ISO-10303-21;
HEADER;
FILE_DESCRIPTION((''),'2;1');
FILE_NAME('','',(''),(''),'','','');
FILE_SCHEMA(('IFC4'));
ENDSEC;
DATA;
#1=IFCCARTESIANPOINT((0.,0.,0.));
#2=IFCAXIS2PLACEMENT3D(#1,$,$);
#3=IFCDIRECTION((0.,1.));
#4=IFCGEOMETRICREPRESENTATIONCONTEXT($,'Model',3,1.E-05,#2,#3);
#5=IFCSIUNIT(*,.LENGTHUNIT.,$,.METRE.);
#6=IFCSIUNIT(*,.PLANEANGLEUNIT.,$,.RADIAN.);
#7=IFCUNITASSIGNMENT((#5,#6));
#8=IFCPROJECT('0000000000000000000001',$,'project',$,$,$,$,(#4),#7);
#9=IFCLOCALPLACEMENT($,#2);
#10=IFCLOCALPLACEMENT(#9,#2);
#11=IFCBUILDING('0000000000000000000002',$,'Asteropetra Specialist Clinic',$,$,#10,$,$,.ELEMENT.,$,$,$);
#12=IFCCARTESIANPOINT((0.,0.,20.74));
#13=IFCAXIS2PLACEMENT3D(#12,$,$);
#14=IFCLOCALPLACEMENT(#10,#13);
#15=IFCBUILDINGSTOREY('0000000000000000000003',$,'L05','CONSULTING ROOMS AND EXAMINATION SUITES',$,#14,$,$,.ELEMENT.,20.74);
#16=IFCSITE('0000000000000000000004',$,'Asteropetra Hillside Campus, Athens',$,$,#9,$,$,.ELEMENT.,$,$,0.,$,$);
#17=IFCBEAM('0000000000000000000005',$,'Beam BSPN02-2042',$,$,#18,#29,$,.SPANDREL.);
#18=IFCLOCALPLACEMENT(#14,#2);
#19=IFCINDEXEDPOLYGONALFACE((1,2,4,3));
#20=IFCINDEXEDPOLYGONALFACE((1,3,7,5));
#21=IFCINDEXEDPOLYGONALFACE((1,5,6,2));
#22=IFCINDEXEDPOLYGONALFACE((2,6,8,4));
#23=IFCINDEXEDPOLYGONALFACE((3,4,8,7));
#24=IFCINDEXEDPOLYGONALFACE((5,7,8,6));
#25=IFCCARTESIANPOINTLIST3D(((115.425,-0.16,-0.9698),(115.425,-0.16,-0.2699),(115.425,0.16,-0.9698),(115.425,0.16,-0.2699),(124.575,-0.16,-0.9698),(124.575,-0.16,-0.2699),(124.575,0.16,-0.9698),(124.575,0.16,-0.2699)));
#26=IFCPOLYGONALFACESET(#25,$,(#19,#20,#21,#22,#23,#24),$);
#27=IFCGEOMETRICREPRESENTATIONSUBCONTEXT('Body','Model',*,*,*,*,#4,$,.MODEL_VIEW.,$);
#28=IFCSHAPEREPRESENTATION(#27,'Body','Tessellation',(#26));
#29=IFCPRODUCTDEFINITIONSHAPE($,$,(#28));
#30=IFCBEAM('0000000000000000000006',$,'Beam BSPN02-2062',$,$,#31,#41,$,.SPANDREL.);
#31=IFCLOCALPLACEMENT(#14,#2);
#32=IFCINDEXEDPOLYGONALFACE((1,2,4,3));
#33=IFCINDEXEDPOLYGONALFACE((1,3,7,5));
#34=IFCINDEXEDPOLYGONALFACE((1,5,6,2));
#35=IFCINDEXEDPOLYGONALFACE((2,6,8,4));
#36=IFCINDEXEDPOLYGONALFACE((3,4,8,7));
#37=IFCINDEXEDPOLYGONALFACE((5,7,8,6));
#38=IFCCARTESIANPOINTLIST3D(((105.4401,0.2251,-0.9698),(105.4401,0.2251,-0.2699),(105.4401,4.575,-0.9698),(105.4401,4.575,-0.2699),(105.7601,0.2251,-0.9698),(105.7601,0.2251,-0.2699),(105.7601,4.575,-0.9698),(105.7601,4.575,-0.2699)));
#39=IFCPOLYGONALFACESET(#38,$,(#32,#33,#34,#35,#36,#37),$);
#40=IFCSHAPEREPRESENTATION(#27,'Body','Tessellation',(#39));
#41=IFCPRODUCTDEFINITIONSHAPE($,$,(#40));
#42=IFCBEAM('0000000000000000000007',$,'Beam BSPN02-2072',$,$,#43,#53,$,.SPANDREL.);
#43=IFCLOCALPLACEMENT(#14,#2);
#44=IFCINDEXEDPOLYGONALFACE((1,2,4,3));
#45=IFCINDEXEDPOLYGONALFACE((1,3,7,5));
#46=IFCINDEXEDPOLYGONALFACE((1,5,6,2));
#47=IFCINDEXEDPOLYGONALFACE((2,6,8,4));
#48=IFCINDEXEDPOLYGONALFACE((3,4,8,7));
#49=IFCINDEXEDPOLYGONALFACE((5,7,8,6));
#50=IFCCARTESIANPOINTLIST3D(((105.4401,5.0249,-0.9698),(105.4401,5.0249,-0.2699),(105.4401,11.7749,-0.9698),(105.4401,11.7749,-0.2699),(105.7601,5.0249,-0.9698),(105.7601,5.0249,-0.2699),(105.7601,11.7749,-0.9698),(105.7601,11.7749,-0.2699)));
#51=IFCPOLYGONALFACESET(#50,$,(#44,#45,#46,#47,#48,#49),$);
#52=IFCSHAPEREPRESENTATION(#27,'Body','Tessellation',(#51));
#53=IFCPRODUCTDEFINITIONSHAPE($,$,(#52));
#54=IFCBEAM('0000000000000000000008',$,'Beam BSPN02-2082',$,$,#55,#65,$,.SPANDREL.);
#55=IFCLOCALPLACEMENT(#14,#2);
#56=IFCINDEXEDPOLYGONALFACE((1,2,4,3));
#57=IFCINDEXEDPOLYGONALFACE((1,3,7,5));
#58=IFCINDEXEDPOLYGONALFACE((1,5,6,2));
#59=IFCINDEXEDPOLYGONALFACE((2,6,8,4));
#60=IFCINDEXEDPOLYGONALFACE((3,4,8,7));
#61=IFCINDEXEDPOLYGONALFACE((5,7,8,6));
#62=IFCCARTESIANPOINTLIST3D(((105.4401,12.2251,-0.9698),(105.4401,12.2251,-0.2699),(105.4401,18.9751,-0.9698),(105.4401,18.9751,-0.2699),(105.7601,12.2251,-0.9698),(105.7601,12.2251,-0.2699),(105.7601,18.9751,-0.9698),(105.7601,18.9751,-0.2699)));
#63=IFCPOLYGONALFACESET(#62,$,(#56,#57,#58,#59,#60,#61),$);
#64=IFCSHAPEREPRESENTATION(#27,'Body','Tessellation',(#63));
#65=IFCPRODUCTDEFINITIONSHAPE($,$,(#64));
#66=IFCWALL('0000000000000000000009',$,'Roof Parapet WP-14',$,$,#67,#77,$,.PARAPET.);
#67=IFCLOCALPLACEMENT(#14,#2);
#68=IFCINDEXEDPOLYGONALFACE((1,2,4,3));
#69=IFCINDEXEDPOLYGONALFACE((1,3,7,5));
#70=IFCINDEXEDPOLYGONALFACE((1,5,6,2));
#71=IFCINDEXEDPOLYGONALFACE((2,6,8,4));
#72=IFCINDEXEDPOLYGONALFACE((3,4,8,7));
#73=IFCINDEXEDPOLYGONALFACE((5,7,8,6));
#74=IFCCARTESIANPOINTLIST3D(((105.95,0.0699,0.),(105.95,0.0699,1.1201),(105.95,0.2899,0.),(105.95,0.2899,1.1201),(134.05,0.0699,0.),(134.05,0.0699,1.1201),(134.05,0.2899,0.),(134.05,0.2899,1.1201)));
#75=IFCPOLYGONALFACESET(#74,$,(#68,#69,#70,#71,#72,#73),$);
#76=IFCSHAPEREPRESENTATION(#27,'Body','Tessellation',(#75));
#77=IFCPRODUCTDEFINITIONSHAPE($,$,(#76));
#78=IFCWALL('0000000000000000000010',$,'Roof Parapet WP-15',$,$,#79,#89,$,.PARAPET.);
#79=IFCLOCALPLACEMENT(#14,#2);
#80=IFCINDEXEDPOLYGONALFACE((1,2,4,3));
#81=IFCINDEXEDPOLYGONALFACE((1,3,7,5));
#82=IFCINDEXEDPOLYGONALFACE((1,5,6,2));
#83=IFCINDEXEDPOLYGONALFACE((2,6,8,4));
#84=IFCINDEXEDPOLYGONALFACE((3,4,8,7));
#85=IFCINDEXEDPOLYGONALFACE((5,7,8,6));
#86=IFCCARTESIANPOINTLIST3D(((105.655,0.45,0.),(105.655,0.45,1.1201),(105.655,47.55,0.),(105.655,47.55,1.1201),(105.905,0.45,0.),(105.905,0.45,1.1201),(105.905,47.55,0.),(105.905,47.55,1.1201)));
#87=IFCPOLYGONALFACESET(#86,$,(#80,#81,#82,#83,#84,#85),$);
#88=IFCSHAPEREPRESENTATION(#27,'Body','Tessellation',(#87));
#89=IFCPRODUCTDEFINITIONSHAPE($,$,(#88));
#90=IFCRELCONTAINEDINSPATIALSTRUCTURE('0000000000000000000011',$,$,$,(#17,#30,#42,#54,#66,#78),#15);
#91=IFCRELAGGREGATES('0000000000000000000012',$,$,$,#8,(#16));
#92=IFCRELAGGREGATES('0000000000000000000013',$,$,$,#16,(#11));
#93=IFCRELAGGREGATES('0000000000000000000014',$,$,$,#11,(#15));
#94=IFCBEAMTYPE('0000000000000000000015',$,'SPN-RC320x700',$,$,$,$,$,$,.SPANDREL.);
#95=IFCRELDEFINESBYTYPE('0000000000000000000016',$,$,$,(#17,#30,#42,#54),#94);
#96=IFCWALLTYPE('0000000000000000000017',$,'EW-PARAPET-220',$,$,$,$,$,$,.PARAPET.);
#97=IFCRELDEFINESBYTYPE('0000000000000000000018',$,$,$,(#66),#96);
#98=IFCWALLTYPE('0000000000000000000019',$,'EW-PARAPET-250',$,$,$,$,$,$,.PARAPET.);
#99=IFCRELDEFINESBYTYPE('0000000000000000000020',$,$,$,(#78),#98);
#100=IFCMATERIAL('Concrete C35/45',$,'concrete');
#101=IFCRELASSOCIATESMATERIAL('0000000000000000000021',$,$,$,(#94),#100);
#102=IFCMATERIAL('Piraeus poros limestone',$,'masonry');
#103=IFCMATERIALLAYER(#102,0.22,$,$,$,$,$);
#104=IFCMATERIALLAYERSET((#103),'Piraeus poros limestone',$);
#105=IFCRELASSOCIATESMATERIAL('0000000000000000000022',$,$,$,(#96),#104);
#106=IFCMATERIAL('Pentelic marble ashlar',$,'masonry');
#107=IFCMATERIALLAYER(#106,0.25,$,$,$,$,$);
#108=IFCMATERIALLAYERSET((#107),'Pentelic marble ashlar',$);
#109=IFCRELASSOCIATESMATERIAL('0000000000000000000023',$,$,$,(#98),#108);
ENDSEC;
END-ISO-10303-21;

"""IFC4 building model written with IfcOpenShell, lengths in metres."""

from ifc_helpers import new_model, si_unit, direction, frame, frame_2d, origin, origin_2d, place, context, subcontext, project, spatial, rectangle, extrude, material, layer, layer_set, material_profile, profile_set, type_object, element, save


model = new_model("IFC4")

# Units and contexts
model_context = context("Model", 3, precision=1e-05, world=origin(), true_north=direction((0.0, 1.0)))
body_context = subcontext(model_context, "Body", "Model", "MODEL_VIEW")
ifc_project = project(units=[si_unit("LENGTHUNIT", "METRE"), si_unit("PLANEANGLEUNIT", "RADIAN")], contexts=[model_context])

# Site, building, storey
site_placement = place(None, origin())
site = spatial("IfcSite", under=ifc_project, at=site_placement, Name="Asteropetra Hillside Campus, Athens", CompositionType="ELEMENT", RefElevation=0.0)
building_placement = place(site_placement, origin())
building = spatial("IfcBuilding", under=site, at=building_placement, Name="Asteropetra Specialist Clinic", CompositionType="ELEMENT")
storey_placement = place(building_placement, frame((0.0, 0.0, 20.74)))
storey = spatial("IfcBuildingStorey", under=building, at=storey_placement, Name="L05", Description="CONSULTING ROOMS AND EXAMINATION SUITES", CompositionType="ELEMENT", Elevation=20.74)

# Beams
ifc_material_1 = material(Name="Concrete C35/45", Category="concrete")
ifc_material_profile_1 = material_profile(ifc_material_1, rectangle(XDim=0.3201, YDim=0.7, at=origin_2d()), Name="RCS 320x700")
ifc_profile_set_1 = profile_set([ifc_material_profile_1], Name="Concrete C35/45")
beam_type_1 = type_object("IfcBeamType", Name="SPN-RC320x700", PredefinedType="SPANDREL", material=ifc_profile_set_1)
beam_1_placement = place(storey_placement, frame((115.425, 0.0, -0.6199), z_axis=(1.0, 0.0, 0.0), x_axis=(0.0, 1.0, 0.0)))
element("IfcBeam", 1, at=beam_1_placement, inside=storey, type_object=beam_type_1, Name="Beam BSPN02-2042", PredefinedType="SPANDREL", context=body_context, shape_type="SweptSolid", body=[
    extrude(rectangle(XDim=0.3201, YDim=0.7, at=origin_2d()), origin(), (0.0, 0.0, 1.0), 9.1499),
])
beam_2_placement = place(storey_placement, frame((105.6001, 0.2251, -0.6199), z_axis=(0.0, 1.0, 0.0), x_axis=(-1.0, 0.0, 0.0)))
element("IfcBeam", 2, at=beam_2_placement, inside=storey, type_object=beam_type_1, Name="Beam BSPN02-2062", PredefinedType="SPANDREL", context=body_context, shape_type="SweptSolid", body=[
    extrude(rectangle(XDim=0.3201, YDim=0.7, at=origin_2d()), origin(), (0.0, 0.0, 1.0), 4.3499),
])
for number, where, z_axis, x_axis, name in (
    (3, (105.6001, 5.0249, -0.6199), (0.0, 1.0, 0.0), (-1.0, 0.0, 0.0), "Beam BSPN02-2072"),
    (4, (105.6001, 12.2251, -0.6199), (0.0, 1.0, 0.0), (-1.0, 0.0, 0.0), "Beam BSPN02-2082"),
):
    element("IfcBeam", number, at=place(storey_placement, frame(where, z_axis=z_axis, x_axis=x_axis)), inside=storey, type_object=beam_type_1, Name=name, PredefinedType="SPANDREL", context=body_context, shape_type="SweptSolid", body=[
        extrude(rectangle(XDim=0.3201, YDim=0.7, at=origin_2d()), origin(), (0.0, 0.0, 1.0), 6.75),
    ])

# Walls
ifc_material_2 = material(Name="Piraeus poros limestone", Category="masonry")
ifc_layer_1 = layer(ifc_material_2, 0.22)
ifc_layer_set_1 = layer_set([ifc_layer_1], Name="Piraeus poros limestone")
wall_type_1 = type_object("IfcWallType", Name="EW-PARAPET-220", PredefinedType="PARAPET", material=ifc_layer_set_1)
wall_1_placement = place(storey_placement, frame((105.95, 0.1799, 0.0), z_axis=(0.0, 0.0, 1.0), x_axis=(1.0, 0.0, 0.0)))
element("IfcWall", 5, at=wall_1_placement, inside=storey, type_object=wall_type_1, Name="Roof Parapet WP-14", PredefinedType="PARAPET", context=body_context, shape_type="SweptSolid", body=[
    extrude(rectangle(XDim=28.1001, YDim=0.22, at=frame_2d((14.05, 0.0))), origin(), (0.0, 0.0, 1.0), 1.1201),
])
ifc_material_3 = material(Name="Pentelic marble ashlar", Category="masonry")
ifc_layer_2 = layer(ifc_material_3, 0.25)
ifc_layer_set_2 = layer_set([ifc_layer_2], Name="Pentelic marble ashlar")
wall_type_2 = type_object("IfcWallType", Name="EW-PARAPET-250", PredefinedType="PARAPET", material=ifc_layer_set_2)
wall_2_placement = place(storey_placement, frame((105.78, 0.45, 0.0), z_axis=(0.0, 0.0, 1.0), x_axis=(0.0, 1.0, 0.0)))
element("IfcWall", 6, at=wall_2_placement, inside=storey, type_object=wall_type_2, Name="Roof Parapet WP-15", PredefinedType="PARAPET", context=body_context, shape_type="SweptSolid", body=[
    extrude(rectangle(XDim=47.1001, YDim=0.25, at=frame_2d((23.55, 0.0))), origin(), (0.0, 0.0, 1.0), 1.1201),
])

save(model, "model.ifc")
